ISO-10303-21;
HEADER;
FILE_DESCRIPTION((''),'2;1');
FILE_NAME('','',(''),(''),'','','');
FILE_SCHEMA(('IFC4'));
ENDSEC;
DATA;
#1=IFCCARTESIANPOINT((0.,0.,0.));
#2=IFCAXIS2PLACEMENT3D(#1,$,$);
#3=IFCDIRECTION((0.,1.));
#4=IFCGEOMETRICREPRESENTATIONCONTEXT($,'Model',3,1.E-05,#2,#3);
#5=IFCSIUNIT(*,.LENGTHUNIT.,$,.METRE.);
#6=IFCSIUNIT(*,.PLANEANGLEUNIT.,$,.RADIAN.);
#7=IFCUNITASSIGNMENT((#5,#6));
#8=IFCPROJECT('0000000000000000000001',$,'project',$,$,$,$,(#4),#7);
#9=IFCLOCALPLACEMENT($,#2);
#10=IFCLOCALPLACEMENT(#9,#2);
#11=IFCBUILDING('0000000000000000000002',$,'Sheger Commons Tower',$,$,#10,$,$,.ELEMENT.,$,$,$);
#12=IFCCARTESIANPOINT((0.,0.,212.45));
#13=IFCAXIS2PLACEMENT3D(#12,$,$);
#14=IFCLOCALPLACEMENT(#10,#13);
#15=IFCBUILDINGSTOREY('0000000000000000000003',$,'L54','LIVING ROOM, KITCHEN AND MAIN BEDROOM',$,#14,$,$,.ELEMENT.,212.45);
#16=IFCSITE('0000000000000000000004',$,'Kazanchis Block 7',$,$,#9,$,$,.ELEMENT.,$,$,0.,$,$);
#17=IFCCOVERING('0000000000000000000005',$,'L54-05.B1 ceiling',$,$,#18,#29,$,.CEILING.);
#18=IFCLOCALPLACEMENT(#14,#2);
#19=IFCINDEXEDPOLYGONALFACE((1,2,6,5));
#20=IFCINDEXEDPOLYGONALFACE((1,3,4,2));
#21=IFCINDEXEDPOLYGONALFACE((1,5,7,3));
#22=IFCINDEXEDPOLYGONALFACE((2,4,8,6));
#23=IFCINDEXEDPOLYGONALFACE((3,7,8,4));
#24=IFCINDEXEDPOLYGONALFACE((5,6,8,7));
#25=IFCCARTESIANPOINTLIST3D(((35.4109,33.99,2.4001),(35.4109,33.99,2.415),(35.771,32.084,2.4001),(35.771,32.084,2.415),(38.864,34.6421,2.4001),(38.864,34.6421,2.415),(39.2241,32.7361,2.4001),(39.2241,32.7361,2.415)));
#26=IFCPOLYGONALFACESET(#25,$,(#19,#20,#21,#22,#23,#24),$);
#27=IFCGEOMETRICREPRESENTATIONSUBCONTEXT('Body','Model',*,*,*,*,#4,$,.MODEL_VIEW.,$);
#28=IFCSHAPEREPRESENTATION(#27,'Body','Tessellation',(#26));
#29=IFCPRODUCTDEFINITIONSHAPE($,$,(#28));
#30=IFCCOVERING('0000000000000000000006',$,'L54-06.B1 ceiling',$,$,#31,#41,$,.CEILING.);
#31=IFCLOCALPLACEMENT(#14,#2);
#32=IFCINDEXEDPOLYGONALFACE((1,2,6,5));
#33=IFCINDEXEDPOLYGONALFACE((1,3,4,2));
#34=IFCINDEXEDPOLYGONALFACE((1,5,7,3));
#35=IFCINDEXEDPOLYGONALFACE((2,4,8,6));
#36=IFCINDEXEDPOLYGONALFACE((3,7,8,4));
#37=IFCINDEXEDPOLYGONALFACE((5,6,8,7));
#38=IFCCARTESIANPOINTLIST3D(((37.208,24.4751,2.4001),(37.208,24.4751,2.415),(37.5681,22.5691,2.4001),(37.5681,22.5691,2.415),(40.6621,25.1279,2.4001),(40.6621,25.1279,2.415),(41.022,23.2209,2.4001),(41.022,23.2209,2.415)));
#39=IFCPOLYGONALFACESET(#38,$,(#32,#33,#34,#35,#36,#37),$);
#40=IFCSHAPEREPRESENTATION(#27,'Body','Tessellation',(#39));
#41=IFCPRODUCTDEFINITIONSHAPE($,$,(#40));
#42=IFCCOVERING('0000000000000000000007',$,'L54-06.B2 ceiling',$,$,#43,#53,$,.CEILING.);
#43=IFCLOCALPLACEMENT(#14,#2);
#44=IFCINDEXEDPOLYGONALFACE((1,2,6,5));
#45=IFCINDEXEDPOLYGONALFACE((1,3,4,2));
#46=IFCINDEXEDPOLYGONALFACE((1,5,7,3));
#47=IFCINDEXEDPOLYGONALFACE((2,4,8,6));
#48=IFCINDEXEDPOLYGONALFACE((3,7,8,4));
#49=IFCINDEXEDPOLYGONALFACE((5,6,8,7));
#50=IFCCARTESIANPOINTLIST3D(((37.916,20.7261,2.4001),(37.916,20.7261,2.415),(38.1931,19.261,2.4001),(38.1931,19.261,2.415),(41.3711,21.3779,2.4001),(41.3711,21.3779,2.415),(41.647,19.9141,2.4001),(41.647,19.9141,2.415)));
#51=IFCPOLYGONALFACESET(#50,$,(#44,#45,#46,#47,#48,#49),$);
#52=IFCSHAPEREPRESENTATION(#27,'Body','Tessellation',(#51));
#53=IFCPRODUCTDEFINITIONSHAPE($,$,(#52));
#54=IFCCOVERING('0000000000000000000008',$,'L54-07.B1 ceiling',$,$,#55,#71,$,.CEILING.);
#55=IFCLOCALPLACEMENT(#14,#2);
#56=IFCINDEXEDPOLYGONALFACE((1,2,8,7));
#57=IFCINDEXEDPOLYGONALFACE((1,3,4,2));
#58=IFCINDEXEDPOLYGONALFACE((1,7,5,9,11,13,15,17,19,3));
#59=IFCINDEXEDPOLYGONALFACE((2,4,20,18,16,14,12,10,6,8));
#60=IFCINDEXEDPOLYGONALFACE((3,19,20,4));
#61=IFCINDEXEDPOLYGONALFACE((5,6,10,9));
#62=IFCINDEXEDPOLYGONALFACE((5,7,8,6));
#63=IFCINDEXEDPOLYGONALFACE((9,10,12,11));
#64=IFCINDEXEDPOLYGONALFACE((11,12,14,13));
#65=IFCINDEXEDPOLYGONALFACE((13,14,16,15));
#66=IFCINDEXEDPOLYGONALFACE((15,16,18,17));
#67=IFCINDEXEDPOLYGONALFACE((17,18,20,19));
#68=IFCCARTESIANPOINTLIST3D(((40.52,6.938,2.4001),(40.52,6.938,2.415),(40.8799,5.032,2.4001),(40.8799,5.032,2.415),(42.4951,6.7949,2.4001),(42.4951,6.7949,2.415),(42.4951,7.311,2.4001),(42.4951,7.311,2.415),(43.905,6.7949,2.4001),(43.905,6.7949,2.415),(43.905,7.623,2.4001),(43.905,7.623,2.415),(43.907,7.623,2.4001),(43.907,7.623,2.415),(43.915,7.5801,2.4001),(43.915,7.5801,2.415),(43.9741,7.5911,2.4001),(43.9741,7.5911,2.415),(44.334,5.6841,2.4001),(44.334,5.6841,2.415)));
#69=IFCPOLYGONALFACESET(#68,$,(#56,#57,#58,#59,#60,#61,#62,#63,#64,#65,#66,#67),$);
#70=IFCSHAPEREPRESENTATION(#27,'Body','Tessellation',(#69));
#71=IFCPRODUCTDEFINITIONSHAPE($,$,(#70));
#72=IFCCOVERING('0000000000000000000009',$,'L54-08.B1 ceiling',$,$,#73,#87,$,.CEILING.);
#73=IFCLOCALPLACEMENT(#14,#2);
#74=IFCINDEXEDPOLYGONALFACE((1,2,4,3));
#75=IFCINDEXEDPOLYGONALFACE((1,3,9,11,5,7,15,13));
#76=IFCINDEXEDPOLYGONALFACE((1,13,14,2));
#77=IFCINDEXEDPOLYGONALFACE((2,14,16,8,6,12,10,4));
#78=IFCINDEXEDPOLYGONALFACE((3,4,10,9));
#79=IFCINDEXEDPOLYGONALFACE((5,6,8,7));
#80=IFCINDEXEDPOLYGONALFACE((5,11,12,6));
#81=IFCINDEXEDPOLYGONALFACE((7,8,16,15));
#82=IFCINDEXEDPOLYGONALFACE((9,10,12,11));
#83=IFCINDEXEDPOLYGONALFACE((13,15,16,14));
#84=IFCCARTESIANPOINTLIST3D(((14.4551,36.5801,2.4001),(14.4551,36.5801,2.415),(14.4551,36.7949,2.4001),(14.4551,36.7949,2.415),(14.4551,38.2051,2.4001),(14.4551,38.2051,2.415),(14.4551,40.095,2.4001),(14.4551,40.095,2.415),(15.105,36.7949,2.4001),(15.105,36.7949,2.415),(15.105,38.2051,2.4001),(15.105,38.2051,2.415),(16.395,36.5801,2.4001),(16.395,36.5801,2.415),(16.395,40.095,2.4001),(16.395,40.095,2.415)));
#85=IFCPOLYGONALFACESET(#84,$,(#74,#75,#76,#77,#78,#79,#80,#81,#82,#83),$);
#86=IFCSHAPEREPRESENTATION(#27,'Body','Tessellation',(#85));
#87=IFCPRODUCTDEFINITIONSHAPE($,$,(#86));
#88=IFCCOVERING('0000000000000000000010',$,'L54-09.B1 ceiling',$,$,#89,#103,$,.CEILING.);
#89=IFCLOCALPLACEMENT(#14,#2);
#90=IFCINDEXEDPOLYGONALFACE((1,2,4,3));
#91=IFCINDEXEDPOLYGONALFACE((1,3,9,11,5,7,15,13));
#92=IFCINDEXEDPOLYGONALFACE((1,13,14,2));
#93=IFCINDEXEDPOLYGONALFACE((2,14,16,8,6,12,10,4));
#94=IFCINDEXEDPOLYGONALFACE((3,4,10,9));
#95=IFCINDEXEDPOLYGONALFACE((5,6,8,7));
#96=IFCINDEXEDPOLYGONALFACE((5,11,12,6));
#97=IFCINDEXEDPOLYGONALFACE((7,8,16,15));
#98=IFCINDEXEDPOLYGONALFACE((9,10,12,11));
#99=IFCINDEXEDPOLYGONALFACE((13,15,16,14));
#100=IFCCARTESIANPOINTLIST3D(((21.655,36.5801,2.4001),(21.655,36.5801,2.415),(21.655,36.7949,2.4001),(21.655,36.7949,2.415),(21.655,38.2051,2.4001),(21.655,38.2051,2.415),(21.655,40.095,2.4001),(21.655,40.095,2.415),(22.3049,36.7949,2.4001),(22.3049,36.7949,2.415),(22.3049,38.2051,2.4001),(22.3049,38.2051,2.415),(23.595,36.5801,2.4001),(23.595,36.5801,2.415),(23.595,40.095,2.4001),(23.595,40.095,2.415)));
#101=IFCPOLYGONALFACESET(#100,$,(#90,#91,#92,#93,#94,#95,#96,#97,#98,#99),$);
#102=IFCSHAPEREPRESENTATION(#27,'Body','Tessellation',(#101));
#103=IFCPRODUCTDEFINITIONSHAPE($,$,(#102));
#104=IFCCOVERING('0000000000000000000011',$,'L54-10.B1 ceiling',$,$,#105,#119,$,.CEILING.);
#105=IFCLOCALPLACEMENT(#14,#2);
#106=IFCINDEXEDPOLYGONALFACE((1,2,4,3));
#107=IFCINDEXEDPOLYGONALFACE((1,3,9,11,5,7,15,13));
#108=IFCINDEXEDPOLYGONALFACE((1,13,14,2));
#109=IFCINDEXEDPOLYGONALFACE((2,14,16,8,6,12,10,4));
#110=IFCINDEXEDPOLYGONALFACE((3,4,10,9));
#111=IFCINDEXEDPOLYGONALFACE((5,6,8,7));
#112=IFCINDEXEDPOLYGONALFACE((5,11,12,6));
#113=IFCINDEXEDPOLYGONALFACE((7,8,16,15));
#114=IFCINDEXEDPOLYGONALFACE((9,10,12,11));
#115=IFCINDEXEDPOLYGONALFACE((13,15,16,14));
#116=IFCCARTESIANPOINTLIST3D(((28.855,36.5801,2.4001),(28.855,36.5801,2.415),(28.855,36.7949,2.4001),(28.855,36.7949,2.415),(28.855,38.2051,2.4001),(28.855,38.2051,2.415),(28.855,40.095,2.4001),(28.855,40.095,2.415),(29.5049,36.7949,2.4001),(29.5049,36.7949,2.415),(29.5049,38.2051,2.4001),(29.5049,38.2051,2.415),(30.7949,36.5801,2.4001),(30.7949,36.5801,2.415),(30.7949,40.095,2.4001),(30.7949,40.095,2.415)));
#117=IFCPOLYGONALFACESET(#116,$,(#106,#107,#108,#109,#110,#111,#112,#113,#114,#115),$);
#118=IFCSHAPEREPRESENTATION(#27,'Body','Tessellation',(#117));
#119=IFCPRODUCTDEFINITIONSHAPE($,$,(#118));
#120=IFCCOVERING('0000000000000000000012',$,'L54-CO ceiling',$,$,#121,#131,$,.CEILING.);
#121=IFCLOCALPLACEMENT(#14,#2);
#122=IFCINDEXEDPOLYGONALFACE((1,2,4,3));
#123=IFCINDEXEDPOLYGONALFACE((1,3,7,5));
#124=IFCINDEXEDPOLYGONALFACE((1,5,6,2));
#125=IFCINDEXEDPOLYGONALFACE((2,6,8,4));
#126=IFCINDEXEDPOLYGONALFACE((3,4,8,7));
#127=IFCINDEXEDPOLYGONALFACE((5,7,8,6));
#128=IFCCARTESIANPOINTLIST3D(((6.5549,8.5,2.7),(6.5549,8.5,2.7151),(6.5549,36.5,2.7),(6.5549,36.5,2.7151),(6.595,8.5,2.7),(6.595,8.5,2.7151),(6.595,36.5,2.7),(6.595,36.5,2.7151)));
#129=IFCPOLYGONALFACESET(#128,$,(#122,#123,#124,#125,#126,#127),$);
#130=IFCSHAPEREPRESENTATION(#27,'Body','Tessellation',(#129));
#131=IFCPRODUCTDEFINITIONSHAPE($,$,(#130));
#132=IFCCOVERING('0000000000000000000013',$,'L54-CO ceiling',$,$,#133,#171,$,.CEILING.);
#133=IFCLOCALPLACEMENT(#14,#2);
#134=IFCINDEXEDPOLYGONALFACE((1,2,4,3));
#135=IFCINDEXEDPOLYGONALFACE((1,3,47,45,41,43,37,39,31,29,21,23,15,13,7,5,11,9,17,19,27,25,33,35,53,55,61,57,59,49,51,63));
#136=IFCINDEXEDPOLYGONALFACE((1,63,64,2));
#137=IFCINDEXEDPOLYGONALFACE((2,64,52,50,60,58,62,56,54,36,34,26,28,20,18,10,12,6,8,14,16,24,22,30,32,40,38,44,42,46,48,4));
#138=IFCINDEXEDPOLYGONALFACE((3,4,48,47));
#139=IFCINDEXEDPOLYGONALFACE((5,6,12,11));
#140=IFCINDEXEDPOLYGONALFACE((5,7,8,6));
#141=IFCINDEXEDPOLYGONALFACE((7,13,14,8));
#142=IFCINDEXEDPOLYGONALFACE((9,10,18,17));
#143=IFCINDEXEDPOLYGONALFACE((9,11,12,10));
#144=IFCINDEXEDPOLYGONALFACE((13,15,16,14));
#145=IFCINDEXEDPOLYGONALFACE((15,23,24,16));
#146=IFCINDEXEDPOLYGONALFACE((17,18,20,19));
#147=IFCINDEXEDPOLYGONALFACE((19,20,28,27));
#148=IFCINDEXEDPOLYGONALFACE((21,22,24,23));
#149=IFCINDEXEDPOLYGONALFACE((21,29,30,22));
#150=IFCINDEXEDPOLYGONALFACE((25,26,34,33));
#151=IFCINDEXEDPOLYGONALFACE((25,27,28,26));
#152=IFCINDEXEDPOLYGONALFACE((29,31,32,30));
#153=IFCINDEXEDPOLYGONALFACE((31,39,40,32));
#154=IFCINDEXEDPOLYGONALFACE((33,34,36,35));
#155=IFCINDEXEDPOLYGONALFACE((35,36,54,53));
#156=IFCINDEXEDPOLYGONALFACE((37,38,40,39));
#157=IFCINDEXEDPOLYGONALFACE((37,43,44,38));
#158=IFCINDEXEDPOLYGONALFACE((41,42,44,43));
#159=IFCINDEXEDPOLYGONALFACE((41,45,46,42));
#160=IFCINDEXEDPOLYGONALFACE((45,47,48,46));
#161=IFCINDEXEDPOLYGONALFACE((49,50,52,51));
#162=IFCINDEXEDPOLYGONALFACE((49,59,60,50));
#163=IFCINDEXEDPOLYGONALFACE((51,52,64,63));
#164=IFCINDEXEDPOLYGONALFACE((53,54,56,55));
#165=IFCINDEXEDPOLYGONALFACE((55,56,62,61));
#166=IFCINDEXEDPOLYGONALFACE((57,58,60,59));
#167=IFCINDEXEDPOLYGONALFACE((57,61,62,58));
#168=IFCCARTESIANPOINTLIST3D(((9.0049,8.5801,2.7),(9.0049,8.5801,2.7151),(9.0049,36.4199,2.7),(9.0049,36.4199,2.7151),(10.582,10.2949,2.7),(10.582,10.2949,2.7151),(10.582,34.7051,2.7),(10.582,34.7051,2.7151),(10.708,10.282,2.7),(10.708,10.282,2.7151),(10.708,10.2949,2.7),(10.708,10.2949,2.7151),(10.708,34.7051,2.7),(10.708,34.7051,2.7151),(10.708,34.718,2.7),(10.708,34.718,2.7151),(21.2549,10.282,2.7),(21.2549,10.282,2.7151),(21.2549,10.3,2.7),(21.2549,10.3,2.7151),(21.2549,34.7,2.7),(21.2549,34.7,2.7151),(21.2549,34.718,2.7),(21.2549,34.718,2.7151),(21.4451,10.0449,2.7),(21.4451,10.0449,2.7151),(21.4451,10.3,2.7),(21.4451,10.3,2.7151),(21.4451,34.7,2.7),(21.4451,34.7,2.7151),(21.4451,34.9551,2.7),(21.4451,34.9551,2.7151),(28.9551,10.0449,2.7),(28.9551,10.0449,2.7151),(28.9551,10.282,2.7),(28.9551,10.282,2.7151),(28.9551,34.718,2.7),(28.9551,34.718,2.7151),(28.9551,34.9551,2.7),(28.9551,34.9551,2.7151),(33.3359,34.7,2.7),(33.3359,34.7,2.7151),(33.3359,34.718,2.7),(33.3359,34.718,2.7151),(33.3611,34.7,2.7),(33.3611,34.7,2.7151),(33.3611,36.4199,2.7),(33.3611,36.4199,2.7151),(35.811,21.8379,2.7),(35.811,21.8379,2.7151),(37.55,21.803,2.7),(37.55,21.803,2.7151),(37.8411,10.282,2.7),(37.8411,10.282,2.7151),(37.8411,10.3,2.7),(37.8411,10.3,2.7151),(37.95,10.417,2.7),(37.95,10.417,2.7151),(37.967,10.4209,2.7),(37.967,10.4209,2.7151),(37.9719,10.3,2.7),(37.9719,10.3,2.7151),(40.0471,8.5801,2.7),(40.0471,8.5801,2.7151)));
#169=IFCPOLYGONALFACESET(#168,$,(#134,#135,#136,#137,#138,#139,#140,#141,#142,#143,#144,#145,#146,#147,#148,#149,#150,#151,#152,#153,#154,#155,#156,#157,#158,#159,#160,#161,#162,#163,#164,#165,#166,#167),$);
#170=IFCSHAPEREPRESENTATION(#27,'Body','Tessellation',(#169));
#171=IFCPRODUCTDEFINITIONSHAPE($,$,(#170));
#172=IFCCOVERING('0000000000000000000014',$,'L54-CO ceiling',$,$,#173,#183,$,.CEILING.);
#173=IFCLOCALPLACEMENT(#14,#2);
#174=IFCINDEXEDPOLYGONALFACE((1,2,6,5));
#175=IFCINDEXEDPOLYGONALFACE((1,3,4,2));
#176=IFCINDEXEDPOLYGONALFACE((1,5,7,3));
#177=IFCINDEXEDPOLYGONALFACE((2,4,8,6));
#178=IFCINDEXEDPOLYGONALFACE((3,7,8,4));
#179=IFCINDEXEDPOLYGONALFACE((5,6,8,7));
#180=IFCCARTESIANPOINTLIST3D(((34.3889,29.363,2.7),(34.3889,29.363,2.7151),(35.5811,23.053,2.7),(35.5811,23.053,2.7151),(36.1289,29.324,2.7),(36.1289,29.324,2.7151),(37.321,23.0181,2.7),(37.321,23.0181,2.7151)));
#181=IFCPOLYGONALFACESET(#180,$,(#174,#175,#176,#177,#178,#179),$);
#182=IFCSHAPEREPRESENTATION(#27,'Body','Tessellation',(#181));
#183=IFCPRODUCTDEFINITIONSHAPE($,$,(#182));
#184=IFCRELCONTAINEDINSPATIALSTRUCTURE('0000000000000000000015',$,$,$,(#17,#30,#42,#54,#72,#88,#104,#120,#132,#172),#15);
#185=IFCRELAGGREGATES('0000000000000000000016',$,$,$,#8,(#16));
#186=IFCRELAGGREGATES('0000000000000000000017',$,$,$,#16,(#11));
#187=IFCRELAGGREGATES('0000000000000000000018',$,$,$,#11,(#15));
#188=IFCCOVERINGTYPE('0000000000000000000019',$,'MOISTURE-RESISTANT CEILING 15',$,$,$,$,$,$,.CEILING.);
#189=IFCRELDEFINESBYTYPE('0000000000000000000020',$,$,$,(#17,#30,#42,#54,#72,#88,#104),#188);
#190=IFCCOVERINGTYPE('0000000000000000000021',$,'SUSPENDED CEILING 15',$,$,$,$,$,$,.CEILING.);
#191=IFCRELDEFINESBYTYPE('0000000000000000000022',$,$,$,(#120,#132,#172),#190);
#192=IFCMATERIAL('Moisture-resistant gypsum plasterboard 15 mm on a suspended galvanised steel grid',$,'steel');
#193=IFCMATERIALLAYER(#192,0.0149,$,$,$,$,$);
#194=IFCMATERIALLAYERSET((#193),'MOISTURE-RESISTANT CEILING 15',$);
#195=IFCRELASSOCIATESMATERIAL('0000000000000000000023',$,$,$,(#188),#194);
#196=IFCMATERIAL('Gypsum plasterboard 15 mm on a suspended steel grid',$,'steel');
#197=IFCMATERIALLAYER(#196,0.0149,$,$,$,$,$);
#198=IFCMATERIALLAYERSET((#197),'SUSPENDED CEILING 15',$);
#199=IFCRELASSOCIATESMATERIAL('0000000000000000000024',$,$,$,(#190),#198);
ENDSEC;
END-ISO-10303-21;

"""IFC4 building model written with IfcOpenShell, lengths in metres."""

from ifc_helpers import new_model, si_unit, direction, frame, origin, place, context, subcontext, project, spatial, polyline, outline, extrude, material, layer, layer_set, type_object, element, save


model = new_model("IFC4")

# Units and contexts
model_context = context("Model", 3, precision=1e-05, world=origin(), true_north=direction((0.0, 1.0)))
body_context = subcontext(model_context, "Body", "Model", "MODEL_VIEW")
ifc_project = project(units=[si_unit("LENGTHUNIT", "METRE"), si_unit("PLANEANGLEUNIT", "RADIAN")], contexts=[model_context])

# Site, building, storey
site_placement = place(None, origin())
site = spatial("IfcSite", under=ifc_project, at=site_placement, Name="Kazanchis Block 7", CompositionType="ELEMENT", RefElevation=0.0)
building_placement = place(site_placement, origin())
building = spatial("IfcBuilding", under=site, at=building_placement, Name="Sheger Commons Tower", CompositionType="ELEMENT")
storey_placement = place(building_placement, frame((0.0, 0.0, 212.45)))
storey = spatial("IfcBuildingStorey", under=building, at=storey_placement, Name="L54", Description="LIVING ROOM, KITCHEN AND MAIN BEDROOM", CompositionType="ELEMENT", Elevation=212.45)

# Coverings
ifc_material_1 = material(Name="Moisture-resistant gypsum plasterboard 15 mm on a suspended galvanised steel grid", Category="steel")
ifc_layer_1 = layer(ifc_material_1, 0.0149)
ifc_layer_set_1 = layer_set([ifc_layer_1], Name="MOISTURE-RESISTANT CEILING 15")
covering_type_1 = type_object("IfcCoveringType", Name="MOISTURE-RESISTANT CEILING 15", PredefinedType="CEILING", material=ifc_layer_set_1)
covering_1_placement = place(storey_placement, frame((0.0, 0.0, 2.4001)))
element("IfcCovering", 1, at=covering_1_placement, inside=storey, type_object=covering_type_1, Name="L54-05.B1 ceiling", PredefinedType="CEILING", context=body_context, shape_type="SweptSolid", body=[
    extrude(outline(polyline([(35.771, 32.084), (39.2241, 32.7361), (38.864, 34.6421), (35.4109, 33.99), (35.771, 32.084)])), origin(), (0.0, 0.0, 1.0), 0.0149),
])
covering_2_placement = place(storey_placement, frame((0.0, 0.0, 2.4001)))
element("IfcCovering", 2, at=covering_2_placement, inside=storey, type_object=covering_type_1, Name="L54-06.B1 ceiling", PredefinedType="CEILING", context=body_context, shape_type="SweptSolid", body=[
    extrude(outline(polyline([(37.5681, 22.5691), (41.022, 23.2209), (40.6621, 25.1279), (37.208, 24.4751), (37.5681, 22.5691)])), origin(), (0.0, 0.0, 1.0), 0.0149),
])
covering_3_placement = place(storey_placement, frame((0.0, 0.0, 2.4001)))
element("IfcCovering", 3, at=covering_3_placement, inside=storey, type_object=covering_type_1, Name="L54-06.B2 ceiling", PredefinedType="CEILING", context=body_context, shape_type="SweptSolid", body=[
    extrude(outline(polyline([(38.1931, 19.261), (41.647, 19.9141), (41.3711, 21.3779), (37.916, 20.7261), (38.1931, 19.261)])), origin(), (0.0, 0.0, 1.0), 0.0149),
])
covering_4_placement = place(storey_placement, frame((0.0, 0.0, 2.4001)))
element("IfcCovering", 4, at=covering_4_placement, inside=storey, type_object=covering_type_1, Name="L54-07.B1 ceiling", PredefinedType="CEILING", context=body_context, shape_type="SweptSolid", body=[
    extrude(outline(polyline([(40.8799, 5.032), (44.334, 5.6841), (43.9741, 7.5911), (43.915, 7.5801), (43.907, 7.623), (43.905, 7.623), (43.905, 6.7949), (42.4951, 6.7949), (42.4951, 7.311), (40.52, 6.938), (40.8799, 5.032)])), origin(), (0.0, 0.0, 1.0), 0.0149),
])
covering_5_placement = place(storey_placement, frame((0.0, 0.0, 2.4001)))
element("IfcCovering", 5, at=covering_5_placement, inside=storey, type_object=covering_type_1, Name="L54-08.B1 ceiling", PredefinedType="CEILING", context=body_context, shape_type="SweptSolid", body=[
    extrude(outline(polyline([(14.4551, 36.5801), (16.395, 36.5801), (16.395, 40.095), (14.4551, 40.095), (14.4551, 38.2051), (15.105, 38.2051), (15.105, 36.7949), (14.4551, 36.7949), (14.4551, 36.5801)])), origin(), (0.0, 0.0, 1.0), 0.0149),
])
covering_6_placement = place(storey_placement, frame((0.0, 0.0, 2.4001)))
element("IfcCovering", 6, at=covering_6_placement, inside=storey, type_object=covering_type_1, Name="L54-09.B1 ceiling", PredefinedType="CEILING", context=body_context, shape_type="SweptSolid", body=[
    extrude(outline(polyline([(21.655, 36.5801), (23.595, 36.5801), (23.595, 40.095), (21.655, 40.095), (21.655, 38.2051), (22.3049, 38.2051), (22.3049, 36.7949), (21.655, 36.7949), (21.655, 36.5801)])), origin(), (0.0, 0.0, 1.0), 0.0149),
])
covering_7_placement = place(storey_placement, frame((0.0, 0.0, 2.4001)))
element("IfcCovering", 7, at=covering_7_placement, inside=storey, type_object=covering_type_1, Name="L54-10.B1 ceiling", PredefinedType="CEILING", context=body_context, shape_type="SweptSolid", body=[
    extrude(outline(polyline([(28.855, 36.5801), (30.7949, 36.5801), (30.7949, 40.095), (28.855, 40.095), (28.855, 38.2051), (29.5049, 38.2051), (29.5049, 36.7949), (28.855, 36.7949), (28.855, 36.5801)])), origin(), (0.0, 0.0, 1.0), 0.0149),
])
ifc_material_2 = material(Name="Gypsum plasterboard 15 mm on a suspended steel grid", Category="steel")
ifc_layer_2 = layer(ifc_material_2, 0.0149)
ifc_layer_set_2 = layer_set([ifc_layer_2], Name="SUSPENDED CEILING 15")
covering_type_2 = type_object("IfcCoveringType", Name="SUSPENDED CEILING 15", PredefinedType="CEILING", material=ifc_layer_set_2)
covering_8_placement = place(storey_placement, frame((0.0, 0.0, 2.7)))
element("IfcCovering", 8, at=covering_8_placement, inside=storey, type_object=covering_type_2, Name="L54-CO ceiling", PredefinedType="CEILING", context=body_context, shape_type="SweptSolid", body=[
    extrude(outline(polyline([(6.5549, 8.5), (6.595, 8.5), (6.595, 36.5), (6.5549, 36.5), (6.5549, 8.5)])), origin(), (0.0, 0.0, 1.0), 0.0151),
])
covering_9_placement = place(storey_placement, frame((0.0, 0.0, 2.7)))
element("IfcCovering", 9, at=covering_9_placement, inside=storey, type_object=covering_type_2, Name="L54-CO ceiling", PredefinedType="CEILING", context=body_context, shape_type="SweptSolid", body=[
    extrude(outline(polyline([(9.0049, 8.5801), (40.0471, 8.5801), (37.55, 21.803), (35.811, 21.8379), (37.967, 10.4209), (37.95, 10.417), (37.9719, 10.3), (37.8411, 10.3), (37.8411, 10.282), (28.9551, 10.282), (28.9551, 10.0449), (21.4451, 10.0449), (21.4451, 10.3), (21.2549, 10.3), (21.2549, 10.282), (10.708, 10.282), (10.708, 10.2949), (10.582, 10.2949), (10.582, 34.7051), (10.708, 34.7051), (10.708, 34.718), (21.2549, 34.718), (21.2549, 34.7), (21.4451, 34.7), (21.4451, 34.9551), (28.9551, 34.9551), (28.9551, 34.718), (33.3359, 34.718), (33.3359, 34.7), (33.3611, 34.7), (33.3611, 36.4199), (9.0049, 36.4199), (9.0049, 8.5801)])), origin(), (0.0, 0.0, 1.0), 0.0151),
])
covering_10_placement = place(storey_placement, frame((0.0, 0.0, 2.7)))
element("IfcCovering", 10, at=covering_10_placement, inside=storey, type_object=covering_type_2, Name="L54-CO ceiling", PredefinedType="CEILING", context=body_context, shape_type="SweptSolid", body=[
    extrude(outline(polyline([(37.321, 23.0181), (36.1289, 29.324), (34.3889, 29.363), (35.5811, 23.053), (37.321, 23.0181)])), origin(), (0.0, 0.0, 1.0), 0.0151),
])

save(model, "model.ifc")
